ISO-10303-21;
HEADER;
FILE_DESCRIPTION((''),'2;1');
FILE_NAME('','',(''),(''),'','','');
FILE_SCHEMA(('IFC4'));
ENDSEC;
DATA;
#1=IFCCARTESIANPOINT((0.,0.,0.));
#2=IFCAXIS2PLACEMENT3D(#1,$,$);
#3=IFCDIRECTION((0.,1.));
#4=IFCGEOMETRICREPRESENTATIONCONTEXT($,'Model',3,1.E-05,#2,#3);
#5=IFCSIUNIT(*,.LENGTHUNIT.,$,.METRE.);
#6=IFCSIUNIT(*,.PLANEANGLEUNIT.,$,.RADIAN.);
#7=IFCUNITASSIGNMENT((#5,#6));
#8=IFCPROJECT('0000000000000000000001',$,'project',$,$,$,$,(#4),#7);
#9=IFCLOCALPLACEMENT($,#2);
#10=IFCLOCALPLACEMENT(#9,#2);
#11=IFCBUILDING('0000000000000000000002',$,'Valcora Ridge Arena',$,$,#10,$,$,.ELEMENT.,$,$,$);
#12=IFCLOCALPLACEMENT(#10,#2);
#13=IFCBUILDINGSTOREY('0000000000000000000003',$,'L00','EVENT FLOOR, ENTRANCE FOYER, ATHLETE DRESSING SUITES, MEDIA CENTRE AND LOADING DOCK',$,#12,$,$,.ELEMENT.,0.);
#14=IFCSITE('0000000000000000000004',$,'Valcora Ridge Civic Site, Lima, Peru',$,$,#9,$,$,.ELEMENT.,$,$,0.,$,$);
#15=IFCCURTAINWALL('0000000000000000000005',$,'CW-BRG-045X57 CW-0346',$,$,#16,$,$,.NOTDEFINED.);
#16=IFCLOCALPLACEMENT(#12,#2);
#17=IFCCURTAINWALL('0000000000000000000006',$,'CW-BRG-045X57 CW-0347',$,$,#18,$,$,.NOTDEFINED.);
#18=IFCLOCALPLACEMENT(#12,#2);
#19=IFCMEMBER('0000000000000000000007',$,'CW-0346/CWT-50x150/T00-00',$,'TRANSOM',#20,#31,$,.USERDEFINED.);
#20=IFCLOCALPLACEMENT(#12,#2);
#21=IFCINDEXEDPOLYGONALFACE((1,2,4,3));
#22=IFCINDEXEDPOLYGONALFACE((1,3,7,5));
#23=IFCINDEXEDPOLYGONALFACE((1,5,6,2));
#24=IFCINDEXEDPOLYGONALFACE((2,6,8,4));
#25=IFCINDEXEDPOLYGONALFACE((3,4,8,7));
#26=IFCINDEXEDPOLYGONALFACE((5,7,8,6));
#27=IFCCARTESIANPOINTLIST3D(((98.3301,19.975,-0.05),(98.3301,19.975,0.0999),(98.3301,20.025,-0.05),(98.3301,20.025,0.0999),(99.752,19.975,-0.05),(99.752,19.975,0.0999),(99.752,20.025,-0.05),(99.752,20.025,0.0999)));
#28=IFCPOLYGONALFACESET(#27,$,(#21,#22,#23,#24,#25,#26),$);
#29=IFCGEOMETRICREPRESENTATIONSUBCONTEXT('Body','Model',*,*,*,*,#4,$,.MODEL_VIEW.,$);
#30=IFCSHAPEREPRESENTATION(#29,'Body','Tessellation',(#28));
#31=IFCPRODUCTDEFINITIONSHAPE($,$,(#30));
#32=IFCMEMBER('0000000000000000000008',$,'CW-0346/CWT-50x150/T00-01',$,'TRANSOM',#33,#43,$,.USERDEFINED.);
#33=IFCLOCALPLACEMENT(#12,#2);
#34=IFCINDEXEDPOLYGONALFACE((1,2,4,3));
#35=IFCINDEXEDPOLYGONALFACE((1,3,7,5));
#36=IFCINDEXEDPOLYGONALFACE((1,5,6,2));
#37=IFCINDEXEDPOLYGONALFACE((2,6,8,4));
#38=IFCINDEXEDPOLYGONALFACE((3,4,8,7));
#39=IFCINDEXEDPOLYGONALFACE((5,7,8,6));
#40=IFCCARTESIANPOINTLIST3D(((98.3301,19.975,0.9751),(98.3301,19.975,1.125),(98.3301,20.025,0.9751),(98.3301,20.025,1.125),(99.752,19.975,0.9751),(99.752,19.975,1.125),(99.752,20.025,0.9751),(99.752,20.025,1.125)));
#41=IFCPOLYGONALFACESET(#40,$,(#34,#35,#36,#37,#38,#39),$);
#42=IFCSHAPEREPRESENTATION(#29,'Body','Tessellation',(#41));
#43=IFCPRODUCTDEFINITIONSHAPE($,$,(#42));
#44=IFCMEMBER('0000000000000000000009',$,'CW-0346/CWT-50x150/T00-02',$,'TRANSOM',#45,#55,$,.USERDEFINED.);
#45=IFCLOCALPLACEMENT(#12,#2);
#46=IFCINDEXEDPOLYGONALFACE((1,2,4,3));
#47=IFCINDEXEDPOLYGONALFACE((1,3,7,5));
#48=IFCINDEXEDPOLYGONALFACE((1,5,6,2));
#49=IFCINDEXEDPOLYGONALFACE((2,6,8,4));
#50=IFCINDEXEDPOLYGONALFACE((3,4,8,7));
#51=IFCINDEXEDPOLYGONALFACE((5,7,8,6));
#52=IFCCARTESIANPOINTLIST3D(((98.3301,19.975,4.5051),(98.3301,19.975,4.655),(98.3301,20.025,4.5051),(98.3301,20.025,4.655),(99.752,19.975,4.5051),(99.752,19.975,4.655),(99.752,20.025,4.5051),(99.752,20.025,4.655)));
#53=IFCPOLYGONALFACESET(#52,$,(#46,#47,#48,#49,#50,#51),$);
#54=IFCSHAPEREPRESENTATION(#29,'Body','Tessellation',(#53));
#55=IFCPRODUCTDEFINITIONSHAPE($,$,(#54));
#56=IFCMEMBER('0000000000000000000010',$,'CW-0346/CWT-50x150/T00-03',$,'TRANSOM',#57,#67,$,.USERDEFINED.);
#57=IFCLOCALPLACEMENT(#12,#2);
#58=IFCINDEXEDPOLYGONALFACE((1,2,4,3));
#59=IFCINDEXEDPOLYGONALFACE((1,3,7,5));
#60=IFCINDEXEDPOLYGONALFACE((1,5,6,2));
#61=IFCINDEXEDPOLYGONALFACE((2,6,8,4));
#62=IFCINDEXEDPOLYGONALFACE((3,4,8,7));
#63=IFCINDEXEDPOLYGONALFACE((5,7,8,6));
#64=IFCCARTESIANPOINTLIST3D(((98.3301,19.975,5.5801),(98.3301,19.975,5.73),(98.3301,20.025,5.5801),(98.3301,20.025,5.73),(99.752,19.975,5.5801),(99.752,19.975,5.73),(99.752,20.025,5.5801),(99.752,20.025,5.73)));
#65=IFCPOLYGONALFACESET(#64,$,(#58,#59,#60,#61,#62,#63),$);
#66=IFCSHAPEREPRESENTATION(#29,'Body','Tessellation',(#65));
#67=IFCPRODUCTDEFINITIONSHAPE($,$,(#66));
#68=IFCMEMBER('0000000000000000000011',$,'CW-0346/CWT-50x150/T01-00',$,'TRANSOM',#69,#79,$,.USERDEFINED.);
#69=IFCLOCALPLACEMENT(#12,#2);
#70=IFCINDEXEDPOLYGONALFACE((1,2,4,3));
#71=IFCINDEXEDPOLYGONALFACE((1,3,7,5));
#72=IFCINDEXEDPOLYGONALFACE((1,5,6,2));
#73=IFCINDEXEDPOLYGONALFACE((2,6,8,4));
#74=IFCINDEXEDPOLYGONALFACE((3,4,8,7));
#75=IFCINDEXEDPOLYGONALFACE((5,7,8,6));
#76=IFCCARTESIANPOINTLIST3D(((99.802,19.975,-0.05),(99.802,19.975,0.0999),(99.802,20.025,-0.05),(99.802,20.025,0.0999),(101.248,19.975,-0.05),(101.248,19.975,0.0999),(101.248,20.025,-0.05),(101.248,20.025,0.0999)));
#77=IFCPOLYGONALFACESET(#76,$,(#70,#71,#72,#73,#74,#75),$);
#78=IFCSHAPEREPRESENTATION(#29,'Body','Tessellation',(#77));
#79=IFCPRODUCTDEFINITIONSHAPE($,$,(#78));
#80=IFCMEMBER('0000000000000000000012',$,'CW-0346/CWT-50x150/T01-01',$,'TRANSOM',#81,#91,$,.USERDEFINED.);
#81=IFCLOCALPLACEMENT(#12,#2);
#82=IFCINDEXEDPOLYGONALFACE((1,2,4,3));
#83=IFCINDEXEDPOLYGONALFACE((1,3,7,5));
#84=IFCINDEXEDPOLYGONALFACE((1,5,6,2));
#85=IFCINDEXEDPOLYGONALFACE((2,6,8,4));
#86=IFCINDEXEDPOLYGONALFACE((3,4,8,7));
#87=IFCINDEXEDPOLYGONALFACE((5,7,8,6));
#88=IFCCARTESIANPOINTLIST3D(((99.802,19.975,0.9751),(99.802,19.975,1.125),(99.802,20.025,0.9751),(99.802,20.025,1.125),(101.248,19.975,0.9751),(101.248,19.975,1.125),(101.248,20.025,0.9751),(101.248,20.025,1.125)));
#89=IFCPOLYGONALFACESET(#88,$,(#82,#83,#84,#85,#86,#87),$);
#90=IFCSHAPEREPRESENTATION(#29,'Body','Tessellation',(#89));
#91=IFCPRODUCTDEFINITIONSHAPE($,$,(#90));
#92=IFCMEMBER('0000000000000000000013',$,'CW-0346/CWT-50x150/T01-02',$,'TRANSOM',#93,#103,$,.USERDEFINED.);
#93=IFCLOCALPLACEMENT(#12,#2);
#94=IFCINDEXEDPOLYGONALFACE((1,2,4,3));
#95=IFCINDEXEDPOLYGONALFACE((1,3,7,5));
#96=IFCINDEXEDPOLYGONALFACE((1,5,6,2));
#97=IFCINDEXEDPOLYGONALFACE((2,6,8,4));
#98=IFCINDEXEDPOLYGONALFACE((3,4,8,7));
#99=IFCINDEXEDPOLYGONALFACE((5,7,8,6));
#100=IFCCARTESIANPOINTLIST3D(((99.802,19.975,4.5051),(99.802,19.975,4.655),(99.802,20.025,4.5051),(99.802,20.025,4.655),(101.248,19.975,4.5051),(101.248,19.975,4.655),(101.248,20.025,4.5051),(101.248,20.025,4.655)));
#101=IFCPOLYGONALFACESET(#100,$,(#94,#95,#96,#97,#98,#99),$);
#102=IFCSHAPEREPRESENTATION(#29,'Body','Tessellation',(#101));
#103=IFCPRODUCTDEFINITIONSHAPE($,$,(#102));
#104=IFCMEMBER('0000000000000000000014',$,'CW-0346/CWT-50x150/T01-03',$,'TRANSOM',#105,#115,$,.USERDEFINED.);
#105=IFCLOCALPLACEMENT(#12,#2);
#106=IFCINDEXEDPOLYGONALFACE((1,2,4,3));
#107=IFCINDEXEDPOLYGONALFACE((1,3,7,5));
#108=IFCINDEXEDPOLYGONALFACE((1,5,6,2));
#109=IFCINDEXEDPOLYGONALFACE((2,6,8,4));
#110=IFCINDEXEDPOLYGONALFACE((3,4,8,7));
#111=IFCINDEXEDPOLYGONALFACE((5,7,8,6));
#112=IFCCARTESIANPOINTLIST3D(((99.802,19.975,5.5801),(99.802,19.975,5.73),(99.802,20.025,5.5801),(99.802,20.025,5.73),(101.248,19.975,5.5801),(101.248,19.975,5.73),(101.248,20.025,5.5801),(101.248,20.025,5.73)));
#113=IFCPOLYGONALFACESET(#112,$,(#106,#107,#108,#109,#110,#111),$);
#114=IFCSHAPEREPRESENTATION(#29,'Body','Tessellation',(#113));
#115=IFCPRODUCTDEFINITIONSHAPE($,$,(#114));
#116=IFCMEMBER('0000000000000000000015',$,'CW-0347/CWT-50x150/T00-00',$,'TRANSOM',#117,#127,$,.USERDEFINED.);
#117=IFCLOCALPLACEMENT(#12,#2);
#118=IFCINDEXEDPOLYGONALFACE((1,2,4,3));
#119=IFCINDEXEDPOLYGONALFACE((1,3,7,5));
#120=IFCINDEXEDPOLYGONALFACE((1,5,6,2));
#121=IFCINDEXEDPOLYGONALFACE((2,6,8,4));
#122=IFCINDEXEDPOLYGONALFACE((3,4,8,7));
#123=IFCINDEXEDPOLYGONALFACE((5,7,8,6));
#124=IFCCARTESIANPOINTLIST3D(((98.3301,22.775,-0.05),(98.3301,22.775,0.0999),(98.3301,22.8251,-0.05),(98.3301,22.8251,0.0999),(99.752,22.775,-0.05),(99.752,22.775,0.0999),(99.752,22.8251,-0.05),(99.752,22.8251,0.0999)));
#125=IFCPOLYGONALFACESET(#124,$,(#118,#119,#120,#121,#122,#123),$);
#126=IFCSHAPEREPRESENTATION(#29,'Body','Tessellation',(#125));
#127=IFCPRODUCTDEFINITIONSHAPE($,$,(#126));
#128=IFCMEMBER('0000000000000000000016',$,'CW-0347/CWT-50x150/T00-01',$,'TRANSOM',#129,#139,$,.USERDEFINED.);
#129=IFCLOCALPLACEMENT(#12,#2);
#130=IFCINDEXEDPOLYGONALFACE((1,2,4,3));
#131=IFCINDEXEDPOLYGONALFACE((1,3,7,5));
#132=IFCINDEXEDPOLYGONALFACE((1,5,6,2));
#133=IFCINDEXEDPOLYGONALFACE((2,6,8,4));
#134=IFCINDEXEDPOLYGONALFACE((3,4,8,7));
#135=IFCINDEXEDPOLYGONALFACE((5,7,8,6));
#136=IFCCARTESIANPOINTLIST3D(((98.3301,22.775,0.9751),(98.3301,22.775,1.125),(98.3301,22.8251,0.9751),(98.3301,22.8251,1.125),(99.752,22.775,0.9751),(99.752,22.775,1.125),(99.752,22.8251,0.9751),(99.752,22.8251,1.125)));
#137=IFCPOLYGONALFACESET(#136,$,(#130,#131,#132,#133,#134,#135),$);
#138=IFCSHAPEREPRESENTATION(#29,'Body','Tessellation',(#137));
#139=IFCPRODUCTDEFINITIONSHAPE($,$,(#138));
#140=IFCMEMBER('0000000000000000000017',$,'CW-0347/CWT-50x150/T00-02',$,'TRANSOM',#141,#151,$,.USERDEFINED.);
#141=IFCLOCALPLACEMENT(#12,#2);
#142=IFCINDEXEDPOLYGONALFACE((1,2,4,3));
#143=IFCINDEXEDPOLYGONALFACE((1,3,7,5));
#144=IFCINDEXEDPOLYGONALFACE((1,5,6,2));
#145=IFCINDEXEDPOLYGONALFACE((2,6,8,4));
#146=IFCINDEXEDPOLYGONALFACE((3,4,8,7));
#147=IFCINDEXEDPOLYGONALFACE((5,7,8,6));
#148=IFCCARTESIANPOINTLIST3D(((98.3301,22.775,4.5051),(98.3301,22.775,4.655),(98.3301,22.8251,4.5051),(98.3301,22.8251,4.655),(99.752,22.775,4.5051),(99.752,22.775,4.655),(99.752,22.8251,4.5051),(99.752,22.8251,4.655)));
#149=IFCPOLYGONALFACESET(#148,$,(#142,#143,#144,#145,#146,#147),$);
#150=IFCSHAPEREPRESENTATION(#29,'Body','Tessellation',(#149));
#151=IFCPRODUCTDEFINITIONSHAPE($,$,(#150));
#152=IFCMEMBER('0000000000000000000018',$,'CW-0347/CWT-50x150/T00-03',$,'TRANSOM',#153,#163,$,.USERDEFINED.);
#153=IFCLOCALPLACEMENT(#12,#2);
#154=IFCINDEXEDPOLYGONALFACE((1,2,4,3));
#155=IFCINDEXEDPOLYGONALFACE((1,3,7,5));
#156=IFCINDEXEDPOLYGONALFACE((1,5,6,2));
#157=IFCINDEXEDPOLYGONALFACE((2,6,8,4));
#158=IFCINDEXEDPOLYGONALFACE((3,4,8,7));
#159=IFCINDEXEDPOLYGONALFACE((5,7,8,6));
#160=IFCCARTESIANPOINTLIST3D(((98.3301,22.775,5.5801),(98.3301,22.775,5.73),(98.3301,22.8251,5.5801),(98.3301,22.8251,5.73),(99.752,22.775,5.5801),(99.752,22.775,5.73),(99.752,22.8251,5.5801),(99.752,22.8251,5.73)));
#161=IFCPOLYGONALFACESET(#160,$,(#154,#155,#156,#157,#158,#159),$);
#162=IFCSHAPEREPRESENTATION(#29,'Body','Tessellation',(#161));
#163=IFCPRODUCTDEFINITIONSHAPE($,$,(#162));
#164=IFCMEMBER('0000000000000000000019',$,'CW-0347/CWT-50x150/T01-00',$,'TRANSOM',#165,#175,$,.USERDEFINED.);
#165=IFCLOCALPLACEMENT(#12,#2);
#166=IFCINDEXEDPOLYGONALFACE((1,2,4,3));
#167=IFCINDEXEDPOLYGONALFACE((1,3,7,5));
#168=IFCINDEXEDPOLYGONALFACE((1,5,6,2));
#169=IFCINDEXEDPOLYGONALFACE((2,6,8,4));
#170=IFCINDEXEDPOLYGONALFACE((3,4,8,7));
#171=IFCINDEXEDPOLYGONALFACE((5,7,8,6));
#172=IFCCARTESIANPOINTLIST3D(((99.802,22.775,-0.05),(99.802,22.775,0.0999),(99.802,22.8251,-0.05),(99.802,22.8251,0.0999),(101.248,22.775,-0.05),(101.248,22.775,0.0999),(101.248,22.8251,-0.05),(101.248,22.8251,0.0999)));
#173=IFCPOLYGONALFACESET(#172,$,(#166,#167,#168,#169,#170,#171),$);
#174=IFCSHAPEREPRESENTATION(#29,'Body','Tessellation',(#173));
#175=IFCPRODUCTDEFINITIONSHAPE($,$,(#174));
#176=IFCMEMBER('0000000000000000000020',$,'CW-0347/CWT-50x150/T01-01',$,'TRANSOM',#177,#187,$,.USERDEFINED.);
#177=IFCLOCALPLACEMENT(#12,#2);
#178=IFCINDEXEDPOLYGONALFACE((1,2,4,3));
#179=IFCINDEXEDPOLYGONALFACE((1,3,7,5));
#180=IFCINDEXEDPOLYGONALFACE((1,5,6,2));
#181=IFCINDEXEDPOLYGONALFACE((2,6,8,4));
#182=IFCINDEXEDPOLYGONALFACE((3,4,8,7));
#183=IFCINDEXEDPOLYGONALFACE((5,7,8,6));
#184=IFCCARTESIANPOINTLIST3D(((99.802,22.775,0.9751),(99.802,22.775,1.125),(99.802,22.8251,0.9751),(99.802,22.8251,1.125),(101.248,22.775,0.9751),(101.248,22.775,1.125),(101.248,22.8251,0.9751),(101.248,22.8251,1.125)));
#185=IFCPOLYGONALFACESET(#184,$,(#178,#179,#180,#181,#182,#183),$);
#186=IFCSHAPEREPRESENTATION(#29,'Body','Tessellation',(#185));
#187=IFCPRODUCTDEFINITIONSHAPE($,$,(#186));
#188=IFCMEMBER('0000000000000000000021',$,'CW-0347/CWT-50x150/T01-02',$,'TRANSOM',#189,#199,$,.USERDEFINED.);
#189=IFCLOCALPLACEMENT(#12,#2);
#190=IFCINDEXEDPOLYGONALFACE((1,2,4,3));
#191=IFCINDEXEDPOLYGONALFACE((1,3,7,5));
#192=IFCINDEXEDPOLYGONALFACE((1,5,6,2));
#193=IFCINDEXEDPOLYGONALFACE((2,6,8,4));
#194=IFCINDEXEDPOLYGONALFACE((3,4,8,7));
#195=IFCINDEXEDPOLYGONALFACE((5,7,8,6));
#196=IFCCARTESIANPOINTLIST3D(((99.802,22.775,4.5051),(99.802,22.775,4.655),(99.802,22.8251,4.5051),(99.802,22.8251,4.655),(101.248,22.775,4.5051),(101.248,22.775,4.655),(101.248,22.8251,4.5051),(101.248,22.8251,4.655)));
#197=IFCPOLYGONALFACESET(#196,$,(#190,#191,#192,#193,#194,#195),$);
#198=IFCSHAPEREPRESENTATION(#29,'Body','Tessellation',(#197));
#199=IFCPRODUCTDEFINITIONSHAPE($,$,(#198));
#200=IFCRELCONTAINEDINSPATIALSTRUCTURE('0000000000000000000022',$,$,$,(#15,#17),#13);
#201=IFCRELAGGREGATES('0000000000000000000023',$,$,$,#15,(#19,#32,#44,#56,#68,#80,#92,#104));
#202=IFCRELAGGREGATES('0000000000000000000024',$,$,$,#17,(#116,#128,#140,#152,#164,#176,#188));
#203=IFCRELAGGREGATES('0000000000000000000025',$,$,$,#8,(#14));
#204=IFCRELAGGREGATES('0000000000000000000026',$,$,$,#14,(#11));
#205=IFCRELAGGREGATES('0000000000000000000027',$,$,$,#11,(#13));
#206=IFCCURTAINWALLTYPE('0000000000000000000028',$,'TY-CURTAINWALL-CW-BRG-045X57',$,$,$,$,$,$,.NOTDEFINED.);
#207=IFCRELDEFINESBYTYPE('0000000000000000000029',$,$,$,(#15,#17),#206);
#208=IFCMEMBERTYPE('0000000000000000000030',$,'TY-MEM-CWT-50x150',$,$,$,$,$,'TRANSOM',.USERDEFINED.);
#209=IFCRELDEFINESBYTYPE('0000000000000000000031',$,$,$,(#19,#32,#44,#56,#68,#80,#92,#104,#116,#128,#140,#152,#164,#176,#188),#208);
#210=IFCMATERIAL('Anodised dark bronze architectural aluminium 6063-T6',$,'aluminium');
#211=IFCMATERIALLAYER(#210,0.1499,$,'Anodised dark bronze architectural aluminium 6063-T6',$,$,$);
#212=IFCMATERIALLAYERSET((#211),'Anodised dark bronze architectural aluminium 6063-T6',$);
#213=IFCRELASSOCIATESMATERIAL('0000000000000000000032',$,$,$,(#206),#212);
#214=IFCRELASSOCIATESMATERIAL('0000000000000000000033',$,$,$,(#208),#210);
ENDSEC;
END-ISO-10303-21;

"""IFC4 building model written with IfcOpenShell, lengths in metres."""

from ifc_helpers import new_model, si_unit, direction, frame, origin, origin_2d, place, context, subcontext, project, spatial, rectangle, extrude, material, layer, layer_set, material_profile, profile_set, type_object, element, aggregate, save


model = new_model("IFC4")

# Units and contexts
model_context = context("Model", 3, precision=1e-05, world=origin(), true_north=direction((0.0, 1.0)))
body_context = subcontext(model_context, "Body", "Model", "MODEL_VIEW")
ifc_project = project(units=[si_unit("LENGTHUNIT", "METRE"), si_unit("PLANEANGLEUNIT", "RADIAN")], contexts=[model_context])

# Site, building, storey
site_placement = place(None, origin())
site = spatial("IfcSite", under=ifc_project, at=site_placement, Name="Valcora Ridge Civic Site, Lima, Peru", CompositionType="ELEMENT", RefElevation=0.0)
building_placement = place(site_placement, origin())
building = spatial("IfcBuilding", under=site, at=building_placement, Name="Valcora Ridge Arena", CompositionType="ELEMENT")
storey_placement = place(building_placement, origin())
storey = spatial("IfcBuildingStorey", under=building, at=storey_placement, Name="L00", Description="EVENT FLOOR, ENTRANCE FOYER, ATHLETE DRESSING SUITES, MEDIA CENTRE AND LOADING DOCK", CompositionType="ELEMENT", Elevation=0.0)

# Curtain walls
ifc_material_1 = material(Name="Anodised dark bronze architectural aluminium 6063-T6", Category="aluminium")
ifc_layer_1 = layer(ifc_material_1, 0.1499, Name="Anodised dark bronze architectural aluminium 6063-T6")
ifc_layer_set_1 = layer_set([ifc_layer_1], Name="Anodised dark bronze architectural aluminium 6063-T6")
curtain_wall_type_1 = type_object("IfcCurtainWallType", Name="TY-CURTAINWALL-CW-BRG-045X57", PredefinedType="NOTDEFINED", material=ifc_layer_set_1)
curtain_wall_1_placement = place(storey_placement, origin())
curtain_wall_1 = element("IfcCurtainWall", 1, at=curtain_wall_1_placement, inside=storey, type_object=curtain_wall_type_1, Name="CW-BRG-045X57 CW-0346", PredefinedType="NOTDEFINED")
curtain_wall_2_placement = place(storey_placement, origin())
curtain_wall_2 = element("IfcCurtainWall", 2, at=curtain_wall_2_placement, inside=storey, type_object=curtain_wall_type_1, Name="CW-BRG-045X57 CW-0347", PredefinedType="NOTDEFINED")

# Members
ifc_material_profile_1 = material_profile(ifc_material_1, rectangle(XDim=0.05, YDim=0.1499, at=origin_2d()), Name="ALU TRANSOM 50x150")
ifc_profile_set_1 = profile_set([ifc_material_profile_1], Name="Anodised dark bronze architectural aluminium 6063-T6")
member_type_1 = type_object("IfcMemberType", Name="TY-MEM-CWT-50x150", ElementType="TRANSOM", PredefinedType="USERDEFINED", material=ifc_profile_set_1)
member_1_placement = place(storey_placement, frame((98.3301, 20.0, 0.0249), z_axis=(1.0, 0.0, 0.0), x_axis=(0.0, 1.0, 0.0)))
member_1 = element("IfcMember", 3, at=member_1_placement, type_object=member_type_1, Name="CW-0346/CWT-50x150/T00-00", ObjectType="TRANSOM", PredefinedType="USERDEFINED", context=body_context, shape_type="SweptSolid", body=[
    extrude(rectangle(XDim=0.05, YDim=0.1499, at=origin_2d()), origin(), (0.0, 0.0, 1.0), 1.4219),
])
member_2_placement = place(storey_placement, frame((98.3301, 20.0, 1.05), z_axis=(1.0, 0.0, 0.0), x_axis=(0.0, 1.0, 0.0)))
member_2 = element("IfcMember", 4, at=member_2_placement, type_object=member_type_1, Name="CW-0346/CWT-50x150/T00-01", ObjectType="TRANSOM", PredefinedType="USERDEFINED", context=body_context, shape_type="SweptSolid", body=[
    extrude(rectangle(XDim=0.05, YDim=0.1499, at=origin_2d()), origin(), (0.0, 0.0, 1.0), 1.4219),
])
member_3_placement = place(storey_placement, frame((98.3301, 20.0, 4.5801), z_axis=(1.0, 0.0, 0.0), x_axis=(0.0, 1.0, 0.0)))
member_3 = element("IfcMember", 5, at=member_3_placement, type_object=member_type_1, Name="CW-0346/CWT-50x150/T00-02", ObjectType="TRANSOM", PredefinedType="USERDEFINED", context=body_context, shape_type="SweptSolid", body=[
    extrude(rectangle(XDim=0.05, YDim=0.1499, at=origin_2d()), origin(), (0.0, 0.0, 1.0), 1.4219),
])
member_4_placement = place(storey_placement, frame((98.3301, 20.0, 5.655), z_axis=(1.0, 0.0, 0.0), x_axis=(0.0, 1.0, 0.0)))
member_4 = element("IfcMember", 6, at=member_4_placement, type_object=member_type_1, Name="CW-0346/CWT-50x150/T00-03", ObjectType="TRANSOM", PredefinedType="USERDEFINED", context=body_context, shape_type="SweptSolid", body=[
    extrude(rectangle(XDim=0.05, YDim=0.1499, at=origin_2d()), origin(), (0.0, 0.0, 1.0), 1.4219),
])
member_5_placement = place(storey_placement, frame((99.802, 20.0, 0.0249), z_axis=(1.0, 0.0, 0.0), x_axis=(0.0, 1.0, 0.0)))
member_5 = element("IfcMember", 7, at=member_5_placement, type_object=member_type_1, Name="CW-0346/CWT-50x150/T01-00", ObjectType="TRANSOM", PredefinedType="USERDEFINED", context=body_context, shape_type="SweptSolid", body=[
    extrude(rectangle(XDim=0.05, YDim=0.1499, at=origin_2d()), origin(), (0.0, 0.0, 1.0), 1.446),
])
member_6_placement = place(storey_placement, frame((99.802, 20.0, 1.05), z_axis=(1.0, 0.0, 0.0), x_axis=(0.0, 1.0, 0.0)))
member_6 = element("IfcMember", 8, at=member_6_placement, type_object=member_type_1, Name="CW-0346/CWT-50x150/T01-01", ObjectType="TRANSOM", PredefinedType="USERDEFINED", context=body_context, shape_type="SweptSolid", body=[
    extrude(rectangle(XDim=0.05, YDim=0.1499, at=origin_2d()), origin(), (0.0, 0.0, 1.0), 1.446),
])
member_7_placement = place(storey_placement, frame((99.802, 20.0, 4.5801), z_axis=(1.0, 0.0, 0.0), x_axis=(0.0, 1.0, 0.0)))
member_7 = element("IfcMember", 9, at=member_7_placement, type_object=member_type_1, Name="CW-0346/CWT-50x150/T01-02", ObjectType="TRANSOM", PredefinedType="USERDEFINED", context=body_context, shape_type="SweptSolid", body=[
    extrude(rectangle(XDim=0.05, YDim=0.1499, at=origin_2d()), origin(), (0.0, 0.0, 1.0), 1.446),
])
member_8_placement = place(storey_placement, frame((99.802, 20.0, 5.655), z_axis=(1.0, 0.0, 0.0), x_axis=(0.0, 1.0, 0.0)))
member_8 = element("IfcMember", 10, at=member_8_placement, type_object=member_type_1, Name="CW-0346/CWT-50x150/T01-03", ObjectType="TRANSOM", PredefinedType="USERDEFINED", context=body_context, shape_type="SweptSolid", body=[
    extrude(rectangle(XDim=0.05, YDim=0.1499, at=origin_2d()), origin(), (0.0, 0.0, 1.0), 1.446),
])
member_9_placement = place(storey_placement, frame((98.3301, 22.8, 0.0249), z_axis=(1.0, 0.0, 0.0), x_axis=(0.0, 1.0, 0.0)))
member_9 = element("IfcMember", 11, at=member_9_placement, type_object=member_type_1, Name="CW-0347/CWT-50x150/T00-00", ObjectType="TRANSOM", PredefinedType="USERDEFINED", context=body_context, shape_type="SweptSolid", body=[
    extrude(rectangle(XDim=0.05, YDim=0.1499, at=origin_2d()), origin(), (0.0, 0.0, 1.0), 1.4219),
])
member_10_placement = place(storey_placement, frame((98.3301, 22.8, 1.05), z_axis=(1.0, 0.0, 0.0), x_axis=(0.0, 1.0, 0.0)))
member_10 = element("IfcMember", 12, at=member_10_placement, type_object=member_type_1, Name="CW-0347/CWT-50x150/T00-01", ObjectType="TRANSOM", PredefinedType="USERDEFINED", context=body_context, shape_type="SweptSolid", body=[
    extrude(rectangle(XDim=0.05, YDim=0.1499, at=origin_2d()), origin(), (0.0, 0.0, 1.0), 1.4219),
])
member_11_placement = place(storey_placement, frame((98.3301, 22.8, 4.5801), z_axis=(1.0, 0.0, 0.0), x_axis=(0.0, 1.0, 0.0)))
member_11 = element("IfcMember", 13, at=member_11_placement, type_object=member_type_1, Name="CW-0347/CWT-50x150/T00-02", ObjectType="TRANSOM", PredefinedType="USERDEFINED", context=body_context, shape_type="SweptSolid", body=[
    extrude(rectangle(XDim=0.05, YDim=0.1499, at=origin_2d()), origin(), (0.0, 0.0, 1.0), 1.4219),
])
member_12_placement = place(storey_placement, frame((98.3301, 22.8, 5.655), z_axis=(1.0, 0.0, 0.0), x_axis=(0.0, 1.0, 0.0)))
member_12 = element("IfcMember", 14, at=member_12_placement, type_object=member_type_1, Name="CW-0347/CWT-50x150/T00-03", ObjectType="TRANSOM", PredefinedType="USERDEFINED", context=body_context, shape_type="SweptSolid", body=[
    extrude(rectangle(XDim=0.05, YDim=0.1499, at=origin_2d()), origin(), (0.0, 0.0, 1.0), 1.4219),
])
member_13_placement = place(storey_placement, frame((99.802, 22.8, 0.0249), z_axis=(1.0, 0.0, 0.0), x_axis=(0.0, 1.0, 0.0)))
member_13 = element("IfcMember", 15, at=member_13_placement, type_object=member_type_1, Name="CW-0347/CWT-50x150/T01-00", ObjectType="TRANSOM", PredefinedType="USERDEFINED", context=body_context, shape_type="SweptSolid", body=[
    extrude(rectangle(XDim=0.05, YDim=0.1499, at=origin_2d()), origin(), (0.0, 0.0, 1.0), 1.446),
])
member_14_placement = place(storey_placement, frame((99.802, 22.8, 1.05), z_axis=(1.0, 0.0, 0.0), x_axis=(0.0, 1.0, 0.0)))
member_14 = element("IfcMember", 16, at=member_14_placement, type_object=member_type_1, Name="CW-0347/CWT-50x150/T01-01", ObjectType="TRANSOM", PredefinedType="USERDEFINED", context=body_context, shape_type="SweptSolid", body=[
    extrude(rectangle(XDim=0.05, YDim=0.1499, at=origin_2d()), origin(), (0.0, 0.0, 1.0), 1.446),
])
member_15_placement = place(storey_placement, frame((99.802, 22.8, 4.5801), z_axis=(1.0, 0.0, 0.0), x_axis=(0.0, 1.0, 0.0)))
member_15 = element("IfcMember", 17, at=member_15_placement, type_object=member_type_1, Name="CW-0347/CWT-50x150/T01-02", ObjectType="TRANSOM", PredefinedType="USERDEFINED", context=body_context, shape_type="SweptSolid", body=[
    extrude(rectangle(XDim=0.05, YDim=0.1499, at=origin_2d()), origin(), (0.0, 0.0, 1.0), 1.446),
])

aggregate(curtain_wall_1, [member_1, member_2, member_3, member_4, member_5, member_6, member_7, member_8])
aggregate(curtain_wall_2, [member_9, member_10, member_11, member_12, member_13, member_14, member_15])

save(model, "model.ifc")
